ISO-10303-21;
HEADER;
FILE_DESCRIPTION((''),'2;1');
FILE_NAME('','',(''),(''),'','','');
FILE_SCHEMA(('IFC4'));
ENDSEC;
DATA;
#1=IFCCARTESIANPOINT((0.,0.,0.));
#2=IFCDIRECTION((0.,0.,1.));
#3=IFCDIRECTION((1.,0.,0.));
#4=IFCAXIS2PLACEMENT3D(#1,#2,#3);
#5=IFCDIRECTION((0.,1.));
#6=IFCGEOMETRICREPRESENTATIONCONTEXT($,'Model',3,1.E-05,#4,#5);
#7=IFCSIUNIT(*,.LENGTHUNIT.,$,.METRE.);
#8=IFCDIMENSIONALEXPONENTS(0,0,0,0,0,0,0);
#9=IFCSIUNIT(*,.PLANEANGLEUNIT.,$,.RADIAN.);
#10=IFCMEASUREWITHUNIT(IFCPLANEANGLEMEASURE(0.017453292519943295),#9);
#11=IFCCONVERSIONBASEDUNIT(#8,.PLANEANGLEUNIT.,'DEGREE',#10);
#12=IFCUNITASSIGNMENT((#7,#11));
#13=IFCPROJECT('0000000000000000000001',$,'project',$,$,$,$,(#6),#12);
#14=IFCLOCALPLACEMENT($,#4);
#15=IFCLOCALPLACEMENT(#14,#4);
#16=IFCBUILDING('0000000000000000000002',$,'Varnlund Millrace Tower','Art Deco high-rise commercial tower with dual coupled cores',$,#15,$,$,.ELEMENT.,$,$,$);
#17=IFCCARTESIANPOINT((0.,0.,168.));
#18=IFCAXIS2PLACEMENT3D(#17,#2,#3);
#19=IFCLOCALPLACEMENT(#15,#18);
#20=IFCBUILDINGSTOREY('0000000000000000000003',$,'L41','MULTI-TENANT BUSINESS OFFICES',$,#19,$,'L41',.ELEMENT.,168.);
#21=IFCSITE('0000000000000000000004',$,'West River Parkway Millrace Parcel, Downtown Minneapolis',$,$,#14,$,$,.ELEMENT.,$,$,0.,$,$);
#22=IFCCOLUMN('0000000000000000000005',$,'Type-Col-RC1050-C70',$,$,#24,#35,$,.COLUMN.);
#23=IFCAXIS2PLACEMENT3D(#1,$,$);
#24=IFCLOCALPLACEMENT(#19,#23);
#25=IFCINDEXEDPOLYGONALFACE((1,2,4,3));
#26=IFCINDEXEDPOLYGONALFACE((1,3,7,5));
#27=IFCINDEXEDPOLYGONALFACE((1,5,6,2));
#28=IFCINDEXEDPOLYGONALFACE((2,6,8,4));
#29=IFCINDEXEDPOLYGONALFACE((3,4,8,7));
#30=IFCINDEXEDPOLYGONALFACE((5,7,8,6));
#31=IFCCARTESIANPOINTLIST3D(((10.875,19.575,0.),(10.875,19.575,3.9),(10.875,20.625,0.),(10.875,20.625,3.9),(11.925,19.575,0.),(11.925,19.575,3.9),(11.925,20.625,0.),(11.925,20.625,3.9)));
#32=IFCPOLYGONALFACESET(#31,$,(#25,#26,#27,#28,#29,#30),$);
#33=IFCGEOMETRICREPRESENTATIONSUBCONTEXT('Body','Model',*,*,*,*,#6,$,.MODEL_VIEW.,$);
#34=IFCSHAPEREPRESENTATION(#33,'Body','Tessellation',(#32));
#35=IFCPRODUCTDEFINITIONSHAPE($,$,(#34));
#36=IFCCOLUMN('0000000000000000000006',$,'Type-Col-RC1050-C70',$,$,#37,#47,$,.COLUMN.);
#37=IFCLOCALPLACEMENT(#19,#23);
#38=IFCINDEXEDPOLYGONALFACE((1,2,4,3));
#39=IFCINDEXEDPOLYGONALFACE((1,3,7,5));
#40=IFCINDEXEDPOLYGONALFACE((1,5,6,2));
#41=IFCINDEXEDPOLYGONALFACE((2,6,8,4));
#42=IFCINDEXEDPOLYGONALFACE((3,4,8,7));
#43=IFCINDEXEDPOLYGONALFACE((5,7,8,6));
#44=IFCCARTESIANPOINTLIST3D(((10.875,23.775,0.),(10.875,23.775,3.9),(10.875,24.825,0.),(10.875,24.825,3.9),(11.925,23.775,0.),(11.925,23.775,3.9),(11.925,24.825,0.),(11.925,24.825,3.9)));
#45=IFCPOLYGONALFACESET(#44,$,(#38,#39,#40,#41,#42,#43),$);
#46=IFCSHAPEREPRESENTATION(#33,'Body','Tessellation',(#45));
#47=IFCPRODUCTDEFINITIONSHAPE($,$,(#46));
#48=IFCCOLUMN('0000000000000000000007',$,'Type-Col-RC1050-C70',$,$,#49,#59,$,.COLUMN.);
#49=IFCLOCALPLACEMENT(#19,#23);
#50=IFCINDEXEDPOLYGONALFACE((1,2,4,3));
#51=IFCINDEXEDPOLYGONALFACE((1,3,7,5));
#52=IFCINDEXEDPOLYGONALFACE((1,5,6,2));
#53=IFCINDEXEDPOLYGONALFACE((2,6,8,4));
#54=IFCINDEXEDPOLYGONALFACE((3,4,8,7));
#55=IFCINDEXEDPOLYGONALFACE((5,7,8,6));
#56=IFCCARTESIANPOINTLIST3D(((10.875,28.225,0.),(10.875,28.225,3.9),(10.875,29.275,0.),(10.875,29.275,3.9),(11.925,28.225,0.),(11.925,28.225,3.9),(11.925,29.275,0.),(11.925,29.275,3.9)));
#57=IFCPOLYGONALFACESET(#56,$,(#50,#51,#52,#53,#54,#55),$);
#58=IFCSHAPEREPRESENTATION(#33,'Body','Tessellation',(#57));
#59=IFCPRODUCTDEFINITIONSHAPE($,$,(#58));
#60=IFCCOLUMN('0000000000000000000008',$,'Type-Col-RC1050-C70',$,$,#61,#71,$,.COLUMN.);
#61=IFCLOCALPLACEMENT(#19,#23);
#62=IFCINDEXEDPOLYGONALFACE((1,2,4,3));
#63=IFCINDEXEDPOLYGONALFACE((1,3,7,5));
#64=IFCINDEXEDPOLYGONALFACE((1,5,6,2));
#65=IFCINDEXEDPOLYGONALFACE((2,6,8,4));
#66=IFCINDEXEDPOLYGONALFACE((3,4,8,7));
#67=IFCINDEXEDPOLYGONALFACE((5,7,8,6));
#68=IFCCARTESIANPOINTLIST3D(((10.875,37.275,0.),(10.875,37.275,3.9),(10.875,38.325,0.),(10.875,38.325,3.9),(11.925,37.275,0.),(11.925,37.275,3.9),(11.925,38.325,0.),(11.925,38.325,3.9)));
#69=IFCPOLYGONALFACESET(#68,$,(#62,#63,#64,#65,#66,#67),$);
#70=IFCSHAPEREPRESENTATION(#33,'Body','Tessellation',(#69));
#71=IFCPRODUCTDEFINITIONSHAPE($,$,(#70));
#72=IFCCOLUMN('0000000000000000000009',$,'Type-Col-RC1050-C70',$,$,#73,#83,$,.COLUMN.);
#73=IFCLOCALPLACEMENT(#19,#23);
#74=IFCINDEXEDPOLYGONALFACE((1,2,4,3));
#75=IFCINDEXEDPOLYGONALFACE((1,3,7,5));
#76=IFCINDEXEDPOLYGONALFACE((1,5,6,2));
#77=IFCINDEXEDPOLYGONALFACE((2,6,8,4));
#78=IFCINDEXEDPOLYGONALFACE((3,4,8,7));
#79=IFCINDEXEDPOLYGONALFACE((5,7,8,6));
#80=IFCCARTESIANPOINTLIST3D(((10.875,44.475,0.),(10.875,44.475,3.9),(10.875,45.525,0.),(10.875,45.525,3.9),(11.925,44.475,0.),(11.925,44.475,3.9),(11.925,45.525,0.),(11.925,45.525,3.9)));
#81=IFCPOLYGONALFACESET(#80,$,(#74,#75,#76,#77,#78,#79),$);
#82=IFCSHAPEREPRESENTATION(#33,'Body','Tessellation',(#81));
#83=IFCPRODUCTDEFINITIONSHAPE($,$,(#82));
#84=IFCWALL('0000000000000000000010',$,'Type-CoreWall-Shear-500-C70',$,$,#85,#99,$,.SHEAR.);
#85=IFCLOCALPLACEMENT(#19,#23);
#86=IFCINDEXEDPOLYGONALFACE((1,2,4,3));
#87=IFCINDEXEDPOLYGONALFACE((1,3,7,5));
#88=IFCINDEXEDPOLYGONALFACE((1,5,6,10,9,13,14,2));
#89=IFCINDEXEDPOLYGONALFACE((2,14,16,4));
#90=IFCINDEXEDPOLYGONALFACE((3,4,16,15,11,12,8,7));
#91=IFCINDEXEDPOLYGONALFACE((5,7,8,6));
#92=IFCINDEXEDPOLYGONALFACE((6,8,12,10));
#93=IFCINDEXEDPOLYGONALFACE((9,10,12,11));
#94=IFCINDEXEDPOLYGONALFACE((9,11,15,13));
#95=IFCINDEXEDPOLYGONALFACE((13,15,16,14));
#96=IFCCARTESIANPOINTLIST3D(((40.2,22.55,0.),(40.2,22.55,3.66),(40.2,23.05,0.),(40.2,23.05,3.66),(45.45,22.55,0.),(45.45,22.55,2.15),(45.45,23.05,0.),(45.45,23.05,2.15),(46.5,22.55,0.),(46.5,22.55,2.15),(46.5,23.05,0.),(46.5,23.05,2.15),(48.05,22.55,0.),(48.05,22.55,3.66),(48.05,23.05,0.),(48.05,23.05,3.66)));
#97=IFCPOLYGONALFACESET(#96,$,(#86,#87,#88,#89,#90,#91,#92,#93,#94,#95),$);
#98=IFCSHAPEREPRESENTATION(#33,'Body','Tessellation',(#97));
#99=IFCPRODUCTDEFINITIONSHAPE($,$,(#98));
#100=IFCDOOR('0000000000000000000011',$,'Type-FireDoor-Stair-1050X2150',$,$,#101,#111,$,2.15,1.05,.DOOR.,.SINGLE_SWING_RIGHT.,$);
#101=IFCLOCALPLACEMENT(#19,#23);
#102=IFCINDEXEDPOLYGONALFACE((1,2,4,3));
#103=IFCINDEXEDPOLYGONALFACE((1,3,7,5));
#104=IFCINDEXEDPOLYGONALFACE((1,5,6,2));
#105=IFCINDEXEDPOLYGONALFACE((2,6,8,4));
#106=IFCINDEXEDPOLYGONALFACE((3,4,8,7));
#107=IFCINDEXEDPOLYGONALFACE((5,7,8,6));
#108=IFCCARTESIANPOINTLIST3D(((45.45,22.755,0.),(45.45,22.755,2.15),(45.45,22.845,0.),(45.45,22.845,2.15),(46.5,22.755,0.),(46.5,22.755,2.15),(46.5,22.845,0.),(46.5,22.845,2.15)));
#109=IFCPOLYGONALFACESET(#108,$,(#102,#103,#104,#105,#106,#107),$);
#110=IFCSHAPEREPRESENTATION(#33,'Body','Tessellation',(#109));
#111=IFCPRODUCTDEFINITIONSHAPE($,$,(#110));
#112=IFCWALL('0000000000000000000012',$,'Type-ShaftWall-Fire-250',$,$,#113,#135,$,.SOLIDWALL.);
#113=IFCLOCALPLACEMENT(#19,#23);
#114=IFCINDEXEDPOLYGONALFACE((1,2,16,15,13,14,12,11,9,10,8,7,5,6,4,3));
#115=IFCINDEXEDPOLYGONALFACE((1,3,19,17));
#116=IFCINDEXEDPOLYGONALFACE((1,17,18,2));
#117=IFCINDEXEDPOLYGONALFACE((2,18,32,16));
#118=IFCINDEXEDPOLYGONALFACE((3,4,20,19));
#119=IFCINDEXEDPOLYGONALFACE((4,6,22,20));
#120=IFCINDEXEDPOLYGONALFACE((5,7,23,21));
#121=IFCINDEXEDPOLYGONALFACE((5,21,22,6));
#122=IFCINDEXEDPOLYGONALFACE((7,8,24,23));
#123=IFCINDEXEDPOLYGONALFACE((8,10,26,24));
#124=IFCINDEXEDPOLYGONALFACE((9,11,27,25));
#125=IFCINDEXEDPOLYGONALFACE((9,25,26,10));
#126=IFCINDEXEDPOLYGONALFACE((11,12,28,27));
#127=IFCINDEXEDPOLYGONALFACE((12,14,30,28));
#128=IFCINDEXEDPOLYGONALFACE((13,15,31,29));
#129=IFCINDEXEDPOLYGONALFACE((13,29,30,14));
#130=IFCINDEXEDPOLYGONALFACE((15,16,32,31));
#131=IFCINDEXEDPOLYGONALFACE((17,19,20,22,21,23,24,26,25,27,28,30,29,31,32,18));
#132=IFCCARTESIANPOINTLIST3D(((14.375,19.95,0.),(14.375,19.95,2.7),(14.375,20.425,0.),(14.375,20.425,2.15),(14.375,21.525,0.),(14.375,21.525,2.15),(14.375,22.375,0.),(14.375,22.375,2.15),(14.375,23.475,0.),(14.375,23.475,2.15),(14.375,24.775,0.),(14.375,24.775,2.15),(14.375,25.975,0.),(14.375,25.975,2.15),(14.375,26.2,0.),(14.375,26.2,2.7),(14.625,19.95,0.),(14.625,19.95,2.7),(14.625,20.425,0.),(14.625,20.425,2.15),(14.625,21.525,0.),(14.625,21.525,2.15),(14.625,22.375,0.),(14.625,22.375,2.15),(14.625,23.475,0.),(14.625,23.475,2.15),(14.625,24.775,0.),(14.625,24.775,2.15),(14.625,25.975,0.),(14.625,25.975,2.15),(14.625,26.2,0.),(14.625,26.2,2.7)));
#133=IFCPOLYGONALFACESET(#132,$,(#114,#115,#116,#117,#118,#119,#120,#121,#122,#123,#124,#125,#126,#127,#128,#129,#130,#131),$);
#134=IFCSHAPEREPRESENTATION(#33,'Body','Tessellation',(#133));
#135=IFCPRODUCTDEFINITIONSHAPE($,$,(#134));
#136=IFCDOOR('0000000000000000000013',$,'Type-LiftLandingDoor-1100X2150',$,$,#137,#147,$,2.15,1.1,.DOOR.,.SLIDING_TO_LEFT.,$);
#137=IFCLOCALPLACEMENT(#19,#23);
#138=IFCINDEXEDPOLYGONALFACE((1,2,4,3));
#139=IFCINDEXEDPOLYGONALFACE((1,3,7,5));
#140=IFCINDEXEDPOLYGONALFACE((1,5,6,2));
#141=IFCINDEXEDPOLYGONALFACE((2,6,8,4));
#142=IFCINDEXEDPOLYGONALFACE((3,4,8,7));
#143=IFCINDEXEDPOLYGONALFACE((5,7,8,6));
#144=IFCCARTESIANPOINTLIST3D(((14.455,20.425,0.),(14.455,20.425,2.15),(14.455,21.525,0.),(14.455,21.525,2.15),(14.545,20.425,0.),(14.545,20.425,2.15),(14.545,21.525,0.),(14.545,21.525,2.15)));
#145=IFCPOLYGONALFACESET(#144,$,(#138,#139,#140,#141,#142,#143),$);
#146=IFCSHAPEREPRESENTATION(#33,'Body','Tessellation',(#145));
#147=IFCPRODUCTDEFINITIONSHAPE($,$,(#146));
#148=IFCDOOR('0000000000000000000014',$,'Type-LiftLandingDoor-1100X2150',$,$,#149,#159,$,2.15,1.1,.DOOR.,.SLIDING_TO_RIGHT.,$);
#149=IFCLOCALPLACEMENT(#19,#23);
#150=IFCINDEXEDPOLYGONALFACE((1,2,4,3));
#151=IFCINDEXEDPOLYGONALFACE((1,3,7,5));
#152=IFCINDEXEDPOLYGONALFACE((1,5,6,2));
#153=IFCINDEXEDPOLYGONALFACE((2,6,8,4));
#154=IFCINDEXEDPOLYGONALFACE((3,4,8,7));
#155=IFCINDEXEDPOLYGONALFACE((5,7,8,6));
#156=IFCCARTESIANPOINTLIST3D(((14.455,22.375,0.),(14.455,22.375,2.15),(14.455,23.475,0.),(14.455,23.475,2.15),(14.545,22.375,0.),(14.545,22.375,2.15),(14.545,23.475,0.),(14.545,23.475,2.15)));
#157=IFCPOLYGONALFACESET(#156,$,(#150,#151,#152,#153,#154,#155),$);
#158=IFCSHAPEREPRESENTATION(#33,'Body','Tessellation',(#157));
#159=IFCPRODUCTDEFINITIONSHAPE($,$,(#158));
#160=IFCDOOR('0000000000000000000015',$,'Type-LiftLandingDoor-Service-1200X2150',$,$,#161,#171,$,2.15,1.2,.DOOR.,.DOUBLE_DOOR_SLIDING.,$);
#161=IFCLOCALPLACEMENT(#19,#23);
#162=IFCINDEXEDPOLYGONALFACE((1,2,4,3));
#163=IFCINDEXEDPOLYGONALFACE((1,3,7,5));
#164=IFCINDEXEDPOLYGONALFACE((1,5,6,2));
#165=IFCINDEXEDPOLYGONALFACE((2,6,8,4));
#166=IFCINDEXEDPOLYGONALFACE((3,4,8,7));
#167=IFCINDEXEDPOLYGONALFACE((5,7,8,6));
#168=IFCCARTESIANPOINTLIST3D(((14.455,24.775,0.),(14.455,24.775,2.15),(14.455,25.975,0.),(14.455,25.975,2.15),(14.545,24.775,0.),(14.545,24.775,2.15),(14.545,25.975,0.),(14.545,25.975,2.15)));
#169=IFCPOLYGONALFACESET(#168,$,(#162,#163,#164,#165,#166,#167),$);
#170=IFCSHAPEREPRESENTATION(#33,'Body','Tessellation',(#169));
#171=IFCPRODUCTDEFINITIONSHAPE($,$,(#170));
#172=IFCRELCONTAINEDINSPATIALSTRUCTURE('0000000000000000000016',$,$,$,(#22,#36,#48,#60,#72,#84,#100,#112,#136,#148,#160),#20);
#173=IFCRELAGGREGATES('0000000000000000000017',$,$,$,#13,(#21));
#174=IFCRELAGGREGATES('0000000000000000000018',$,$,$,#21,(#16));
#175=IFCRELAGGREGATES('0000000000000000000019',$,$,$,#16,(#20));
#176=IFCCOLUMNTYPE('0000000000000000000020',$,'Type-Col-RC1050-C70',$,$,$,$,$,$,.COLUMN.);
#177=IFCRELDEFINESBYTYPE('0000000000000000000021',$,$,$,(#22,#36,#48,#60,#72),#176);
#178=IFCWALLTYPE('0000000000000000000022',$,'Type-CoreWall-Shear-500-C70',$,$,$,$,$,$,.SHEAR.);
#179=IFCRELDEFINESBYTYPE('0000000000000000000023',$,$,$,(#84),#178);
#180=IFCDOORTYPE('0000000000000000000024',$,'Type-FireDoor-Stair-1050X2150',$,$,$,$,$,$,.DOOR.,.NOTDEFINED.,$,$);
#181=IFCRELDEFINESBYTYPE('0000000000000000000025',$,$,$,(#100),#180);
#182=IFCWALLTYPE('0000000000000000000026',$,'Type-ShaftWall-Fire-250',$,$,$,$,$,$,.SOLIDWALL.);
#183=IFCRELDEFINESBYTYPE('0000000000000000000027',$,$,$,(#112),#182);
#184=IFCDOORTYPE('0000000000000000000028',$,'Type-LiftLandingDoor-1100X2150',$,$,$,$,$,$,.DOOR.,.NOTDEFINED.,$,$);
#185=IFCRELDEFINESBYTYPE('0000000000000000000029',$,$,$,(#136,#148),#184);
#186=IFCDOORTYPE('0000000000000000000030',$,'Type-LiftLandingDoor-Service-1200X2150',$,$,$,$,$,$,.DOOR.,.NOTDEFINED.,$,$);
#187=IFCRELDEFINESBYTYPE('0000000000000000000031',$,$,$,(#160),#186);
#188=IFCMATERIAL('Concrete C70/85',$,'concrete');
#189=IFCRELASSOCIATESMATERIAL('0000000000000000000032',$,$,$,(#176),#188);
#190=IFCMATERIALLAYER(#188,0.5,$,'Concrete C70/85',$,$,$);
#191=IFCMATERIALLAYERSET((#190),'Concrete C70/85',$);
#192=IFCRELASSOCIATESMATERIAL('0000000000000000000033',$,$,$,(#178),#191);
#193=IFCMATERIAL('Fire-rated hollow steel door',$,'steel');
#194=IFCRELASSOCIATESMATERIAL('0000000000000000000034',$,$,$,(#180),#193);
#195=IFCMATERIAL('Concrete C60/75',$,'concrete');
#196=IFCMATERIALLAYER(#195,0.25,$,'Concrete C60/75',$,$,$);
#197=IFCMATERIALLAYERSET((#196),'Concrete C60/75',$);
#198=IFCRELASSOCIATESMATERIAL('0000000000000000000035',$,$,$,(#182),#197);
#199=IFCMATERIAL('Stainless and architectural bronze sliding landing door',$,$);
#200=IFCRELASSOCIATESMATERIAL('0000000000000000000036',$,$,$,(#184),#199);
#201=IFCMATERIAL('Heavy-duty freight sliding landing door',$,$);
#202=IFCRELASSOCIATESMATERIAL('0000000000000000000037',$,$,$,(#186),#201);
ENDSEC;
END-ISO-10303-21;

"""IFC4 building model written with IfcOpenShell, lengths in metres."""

from ifc_helpers import new_model, entity, si_unit, converted_unit, direction, frame, origin_with_axes, origin_2d_with_axis, place, context, subcontext, project, spatial, polyline, rectangle, outline, extrude, material, layer, layer_set, material_profile, profile_set, type_object, element, fill, save


model = new_model("IFC4")

# Units and contexts
model_context = context("Model", 3, precision=1e-05, world=origin_with_axes(), true_north=direction((0.0, 1.0)))
body_context = subcontext(model_context, "Body", "Model", "MODEL_VIEW")
ifc_project = project(units=[si_unit("LENGTHUNIT", "METRE"), converted_unit("PLANEANGLEUNIT", "DEGREE", entity("IfcPlaneAngleMeasure", 0.017453292519943295), si_unit("PLANEANGLEUNIT", "RADIAN"), dimensions=[0, 0, 0, 0, 0, 0, 0])], contexts=[model_context])

# Site, building, storey
site_placement = place(None, origin_with_axes())
site = spatial("IfcSite", under=ifc_project, at=site_placement, Name="West River Parkway Millrace Parcel, Downtown Minneapolis", CompositionType="ELEMENT", RefElevation=0.0)
building_placement = place(site_placement, origin_with_axes())
building = spatial("IfcBuilding", under=site, at=building_placement, Name="Varnlund Millrace Tower", Description="Art Deco high-rise commercial tower with dual coupled cores", CompositionType="ELEMENT")
storey_placement = place(building_placement, frame((0.0, 0.0, 168.0), z_axis=(0.0, 0.0, 1.0), x_axis=(1.0, 0.0, 0.0)))
storey = spatial("IfcBuildingStorey", under=building, at=storey_placement, Name="L41", Description="MULTI-TENANT BUSINESS OFFICES", LongName="L41", CompositionType="ELEMENT", Elevation=168.0)

# Columns
ifc_material_1 = material(Name="Concrete C70/85", Category="concrete")
ifc_material_profile = material_profile(ifc_material_1, rectangle(XDim=1.05, YDim=1.05, at=origin_2d_with_axis()), Name="Concrete C70/85")
ifc_profile_set = profile_set([ifc_material_profile], Name="Concrete C70/85")
column_type = type_object("IfcColumnType", Name="Type-Col-RC1050-C70", PredefinedType="COLUMN", material=ifc_profile_set)
for number, where, z_axis, x_axis, name in (
    (1, (11.4, 20.1, 0.0), (0.0, 0.0, 1.0), (1.0, 0.0, 0.0), "Type-Col-RC1050-C70"),
    (2, (11.4, 24.3, 0.0), (0.0, 0.0, 1.0), (1.0, 0.0, 0.0), "Type-Col-RC1050-C70"),
    (3, (11.4, 28.75, 0.0), (0.0, 0.0, 1.0), (1.0, 0.0, 0.0), "Type-Col-RC1050-C70"),
    (4, (11.4, 37.8, 0.0), (0.0, 0.0, 1.0), (1.0, 0.0, 0.0), "Type-Col-RC1050-C70"),
    (5, (11.4, 45.0, 0.0), (0.0, 0.0, 1.0), (1.0, 0.0, 0.0), "Type-Col-RC1050-C70"),
):
    element("IfcColumn", number, at=place(storey_placement, frame(where, z_axis=z_axis, x_axis=x_axis)), inside=storey, type_object=column_type, Name=name, PredefinedType="COLUMN", context=body_context, shape_type="SweptSolid", body=[
        extrude(rectangle(XDim=1.05, YDim=1.05, at=origin_2d_with_axis()), origin_with_axes(), (0.0, 0.0, 1.0), 3.9),
    ])

# Wall, opening, door
ifc_layer_1 = layer(ifc_material_1, 0.5, Name="Concrete C70/85")
ifc_layer_set_1 = layer_set([ifc_layer_1], Name="Concrete C70/85")
wall_type_1 = type_object("IfcWallType", Name="Type-CoreWall-Shear-500-C70", PredefinedType="SHEAR", material=ifc_layer_set_1)
wall_1_placement = place(storey_placement, frame((40.2, 22.8, 0.0), z_axis=(0.0, 0.0, 1.0), x_axis=(1.0, 0.0, 0.0)))
wall_1 = element("IfcWall", 6, at=wall_1_placement, inside=storey, type_object=wall_type_1, Name="Type-CoreWall-Shear-500-C70", PredefinedType="SHEAR", context=body_context, shape_type="SweptSolid", body=[
    extrude(outline(polyline([(0.0, -0.25), (7.85, -0.25), (7.85, 0.25), (0.0, 0.25), (0.0, -0.25)])), origin_with_axes(), (0.0, 0.0, 1.0), 3.66),
])
opening_1_placement = place(wall_1_placement, frame((5.775, 0.0, 0.0), z_axis=(0.0, 0.0, 1.0), x_axis=(1.0, 0.0, 0.0)))
opening_1 = element("IfcOpeningElement", 7, at=opening_1_placement, cuts=wall_1, PredefinedType="OPENING", context=body_context, shape_type="SweptSolid", body=[
    extrude(rectangle(XDim=1.05, YDim=0.52, at=origin_2d_with_axis()), origin_with_axes(), (0.0, 0.0, 1.0), 2.15),
])
ifc_material_2 = material(Name="Fire-rated hollow steel door", Category="steel")
door_type_1 = type_object("IfcDoorType", Name="Type-FireDoor-Stair-1050X2150", OperationType="NOTDEFINED", PredefinedType="DOOR", material=ifc_material_2)
door_1_placement = place(wall_1_placement, frame((5.775, 0.0, 0.0), z_axis=(0.0, 0.0, 1.0), x_axis=(1.0, 0.0, 0.0)))
door_1 = element("IfcDoor", 8, at=door_1_placement, inside=storey, type_object=door_type_1, Name="Type-FireDoor-Stair-1050X2150", OperationType="SINGLE_SWING_RIGHT", OverallHeight=2.15, OverallWidth=1.05, PredefinedType="DOOR", context=body_context, shape_type="SweptSolid", body=[
    extrude(rectangle(XDim=1.05, YDim=0.09, at=origin_2d_with_axis()), origin_with_axes(), (0.0, 0.0, 1.0), 2.15),
])
fill(opening_1, door_1)

# Wall, openings, doors
ifc_material_3 = material(Name="Concrete C60/75", Category="concrete")
ifc_layer_2 = layer(ifc_material_3, 0.25, Name="Concrete C60/75")
ifc_layer_set_2 = layer_set([ifc_layer_2], Name="Concrete C60/75")
wall_type_2 = type_object("IfcWallType", Name="Type-ShaftWall-Fire-250", PredefinedType="SOLIDWALL", material=ifc_layer_set_2)
wall_2_placement = place(storey_placement, frame((14.5, 19.95, 0.0), z_axis=(0.0, 0.0, 1.0), x_axis=(0.0, 1.0, 0.0)))
wall_2 = element("IfcWall", 9, at=wall_2_placement, inside=storey, type_object=wall_type_2, Name="Type-ShaftWall-Fire-250", PredefinedType="SOLIDWALL", context=body_context, shape_type="SweptSolid", body=[
    extrude(outline(polyline([(0.0, -0.125), (6.25, -0.125), (6.25, 0.125), (0.0, 0.125), (0.0, -0.125)])), origin_with_axes(), (0.0, 0.0, 1.0), 2.7),
])
opening_2_placement = place(wall_2_placement, frame((1.025, 0.0, 0.0), z_axis=(0.0, 0.0, 1.0), x_axis=(1.0, 0.0, 0.0)))
opening_2 = element("IfcOpeningElement", 10, at=opening_2_placement, cuts=wall_2, PredefinedType="OPENING", context=body_context, shape_type="SweptSolid", body=[
    extrude(rectangle(XDim=1.1, YDim=0.27, at=origin_2d_with_axis()), origin_with_axes(), (0.0, 0.0, 1.0), 2.15),
])
opening_3_placement = place(wall_2_placement, frame((2.975, 0.0, 0.0), z_axis=(0.0, 0.0, 1.0), x_axis=(1.0, 0.0, 0.0)))
opening_3 = element("IfcOpeningElement", 11, at=opening_3_placement, cuts=wall_2, PredefinedType="OPENING", context=body_context, shape_type="SweptSolid", body=[
    extrude(rectangle(XDim=1.1, YDim=0.27, at=origin_2d_with_axis()), origin_with_axes(), (0.0, 0.0, 1.0), 2.15),
])
opening_4_placement = place(wall_2_placement, frame((5.425, 0.0, 0.0), z_axis=(0.0, 0.0, 1.0), x_axis=(1.0, 0.0, 0.0)))
opening_4 = element("IfcOpeningElement", 12, at=opening_4_placement, cuts=wall_2, PredefinedType="OPENING", context=body_context, shape_type="SweptSolid", body=[
    extrude(rectangle(XDim=1.2, YDim=0.27, at=origin_2d_with_axis()), origin_with_axes(), (0.0, 0.0, 1.0), 2.15),
])
ifc_material_4 = material(Name="Stainless and architectural bronze sliding landing door")
door_type_2 = type_object("IfcDoorType", Name="Type-LiftLandingDoor-1100X2150", OperationType="NOTDEFINED", PredefinedType="DOOR", material=ifc_material_4)
door_2_placement = place(wall_2_placement, frame((1.025, 0.0, 0.0), z_axis=(0.0, 0.0, 1.0), x_axis=(1.0, 0.0, 0.0)))
door_2 = element("IfcDoor", 13, at=door_2_placement, inside=storey, type_object=door_type_2, Name="Type-LiftLandingDoor-1100X2150", OperationType="SLIDING_TO_LEFT", OverallHeight=2.15, OverallWidth=1.1, PredefinedType="DOOR", context=body_context, shape_type="SweptSolid", body=[
    extrude(rectangle(XDim=1.1, YDim=0.09, at=origin_2d_with_axis()), origin_with_axes(), (0.0, 0.0, 1.0), 2.15),
])
fill(opening_2, door_2)
door_3_placement = place(wall_2_placement, frame((2.975, 0.0, 0.0), z_axis=(0.0, 0.0, 1.0), x_axis=(1.0, 0.0, 0.0)))
door_3 = element("IfcDoor", 14, at=door_3_placement, inside=storey, type_object=door_type_2, Name="Type-LiftLandingDoor-1100X2150", OperationType="SLIDING_TO_RIGHT", OverallHeight=2.15, OverallWidth=1.1, PredefinedType="DOOR", context=body_context, shape_type="SweptSolid", body=[
    extrude(rectangle(XDim=1.1, YDim=0.09, at=origin_2d_with_axis()), origin_with_axes(), (0.0, 0.0, 1.0), 2.15),
])
fill(opening_3, door_3)
ifc_material_5 = material(Name="Heavy-duty freight sliding landing door")
door_type_3 = type_object("IfcDoorType", Name="Type-LiftLandingDoor-Service-1200X2150", OperationType="NOTDEFINED", PredefinedType="DOOR", material=ifc_material_5)
door_4_placement = place(wall_2_placement, frame((5.425, 0.0, 0.0), z_axis=(0.0, 0.0, 1.0), x_axis=(1.0, 0.0, 0.0)))
door_4 = element("IfcDoor", 15, at=door_4_placement, inside=storey, type_object=door_type_3, Name="Type-LiftLandingDoor-Service-1200X2150", OperationType="DOUBLE_DOOR_SLIDING", OverallHeight=2.15, OverallWidth=1.2, PredefinedType="DOOR", context=body_context, shape_type="SweptSolid", body=[
    extrude(rectangle(XDim=1.2, YDim=0.09, at=origin_2d_with_axis()), origin_with_axes(), (0.0, 0.0, 1.0), 2.15),
])
fill(opening_4, door_4)

save(model, "model.ifc")
